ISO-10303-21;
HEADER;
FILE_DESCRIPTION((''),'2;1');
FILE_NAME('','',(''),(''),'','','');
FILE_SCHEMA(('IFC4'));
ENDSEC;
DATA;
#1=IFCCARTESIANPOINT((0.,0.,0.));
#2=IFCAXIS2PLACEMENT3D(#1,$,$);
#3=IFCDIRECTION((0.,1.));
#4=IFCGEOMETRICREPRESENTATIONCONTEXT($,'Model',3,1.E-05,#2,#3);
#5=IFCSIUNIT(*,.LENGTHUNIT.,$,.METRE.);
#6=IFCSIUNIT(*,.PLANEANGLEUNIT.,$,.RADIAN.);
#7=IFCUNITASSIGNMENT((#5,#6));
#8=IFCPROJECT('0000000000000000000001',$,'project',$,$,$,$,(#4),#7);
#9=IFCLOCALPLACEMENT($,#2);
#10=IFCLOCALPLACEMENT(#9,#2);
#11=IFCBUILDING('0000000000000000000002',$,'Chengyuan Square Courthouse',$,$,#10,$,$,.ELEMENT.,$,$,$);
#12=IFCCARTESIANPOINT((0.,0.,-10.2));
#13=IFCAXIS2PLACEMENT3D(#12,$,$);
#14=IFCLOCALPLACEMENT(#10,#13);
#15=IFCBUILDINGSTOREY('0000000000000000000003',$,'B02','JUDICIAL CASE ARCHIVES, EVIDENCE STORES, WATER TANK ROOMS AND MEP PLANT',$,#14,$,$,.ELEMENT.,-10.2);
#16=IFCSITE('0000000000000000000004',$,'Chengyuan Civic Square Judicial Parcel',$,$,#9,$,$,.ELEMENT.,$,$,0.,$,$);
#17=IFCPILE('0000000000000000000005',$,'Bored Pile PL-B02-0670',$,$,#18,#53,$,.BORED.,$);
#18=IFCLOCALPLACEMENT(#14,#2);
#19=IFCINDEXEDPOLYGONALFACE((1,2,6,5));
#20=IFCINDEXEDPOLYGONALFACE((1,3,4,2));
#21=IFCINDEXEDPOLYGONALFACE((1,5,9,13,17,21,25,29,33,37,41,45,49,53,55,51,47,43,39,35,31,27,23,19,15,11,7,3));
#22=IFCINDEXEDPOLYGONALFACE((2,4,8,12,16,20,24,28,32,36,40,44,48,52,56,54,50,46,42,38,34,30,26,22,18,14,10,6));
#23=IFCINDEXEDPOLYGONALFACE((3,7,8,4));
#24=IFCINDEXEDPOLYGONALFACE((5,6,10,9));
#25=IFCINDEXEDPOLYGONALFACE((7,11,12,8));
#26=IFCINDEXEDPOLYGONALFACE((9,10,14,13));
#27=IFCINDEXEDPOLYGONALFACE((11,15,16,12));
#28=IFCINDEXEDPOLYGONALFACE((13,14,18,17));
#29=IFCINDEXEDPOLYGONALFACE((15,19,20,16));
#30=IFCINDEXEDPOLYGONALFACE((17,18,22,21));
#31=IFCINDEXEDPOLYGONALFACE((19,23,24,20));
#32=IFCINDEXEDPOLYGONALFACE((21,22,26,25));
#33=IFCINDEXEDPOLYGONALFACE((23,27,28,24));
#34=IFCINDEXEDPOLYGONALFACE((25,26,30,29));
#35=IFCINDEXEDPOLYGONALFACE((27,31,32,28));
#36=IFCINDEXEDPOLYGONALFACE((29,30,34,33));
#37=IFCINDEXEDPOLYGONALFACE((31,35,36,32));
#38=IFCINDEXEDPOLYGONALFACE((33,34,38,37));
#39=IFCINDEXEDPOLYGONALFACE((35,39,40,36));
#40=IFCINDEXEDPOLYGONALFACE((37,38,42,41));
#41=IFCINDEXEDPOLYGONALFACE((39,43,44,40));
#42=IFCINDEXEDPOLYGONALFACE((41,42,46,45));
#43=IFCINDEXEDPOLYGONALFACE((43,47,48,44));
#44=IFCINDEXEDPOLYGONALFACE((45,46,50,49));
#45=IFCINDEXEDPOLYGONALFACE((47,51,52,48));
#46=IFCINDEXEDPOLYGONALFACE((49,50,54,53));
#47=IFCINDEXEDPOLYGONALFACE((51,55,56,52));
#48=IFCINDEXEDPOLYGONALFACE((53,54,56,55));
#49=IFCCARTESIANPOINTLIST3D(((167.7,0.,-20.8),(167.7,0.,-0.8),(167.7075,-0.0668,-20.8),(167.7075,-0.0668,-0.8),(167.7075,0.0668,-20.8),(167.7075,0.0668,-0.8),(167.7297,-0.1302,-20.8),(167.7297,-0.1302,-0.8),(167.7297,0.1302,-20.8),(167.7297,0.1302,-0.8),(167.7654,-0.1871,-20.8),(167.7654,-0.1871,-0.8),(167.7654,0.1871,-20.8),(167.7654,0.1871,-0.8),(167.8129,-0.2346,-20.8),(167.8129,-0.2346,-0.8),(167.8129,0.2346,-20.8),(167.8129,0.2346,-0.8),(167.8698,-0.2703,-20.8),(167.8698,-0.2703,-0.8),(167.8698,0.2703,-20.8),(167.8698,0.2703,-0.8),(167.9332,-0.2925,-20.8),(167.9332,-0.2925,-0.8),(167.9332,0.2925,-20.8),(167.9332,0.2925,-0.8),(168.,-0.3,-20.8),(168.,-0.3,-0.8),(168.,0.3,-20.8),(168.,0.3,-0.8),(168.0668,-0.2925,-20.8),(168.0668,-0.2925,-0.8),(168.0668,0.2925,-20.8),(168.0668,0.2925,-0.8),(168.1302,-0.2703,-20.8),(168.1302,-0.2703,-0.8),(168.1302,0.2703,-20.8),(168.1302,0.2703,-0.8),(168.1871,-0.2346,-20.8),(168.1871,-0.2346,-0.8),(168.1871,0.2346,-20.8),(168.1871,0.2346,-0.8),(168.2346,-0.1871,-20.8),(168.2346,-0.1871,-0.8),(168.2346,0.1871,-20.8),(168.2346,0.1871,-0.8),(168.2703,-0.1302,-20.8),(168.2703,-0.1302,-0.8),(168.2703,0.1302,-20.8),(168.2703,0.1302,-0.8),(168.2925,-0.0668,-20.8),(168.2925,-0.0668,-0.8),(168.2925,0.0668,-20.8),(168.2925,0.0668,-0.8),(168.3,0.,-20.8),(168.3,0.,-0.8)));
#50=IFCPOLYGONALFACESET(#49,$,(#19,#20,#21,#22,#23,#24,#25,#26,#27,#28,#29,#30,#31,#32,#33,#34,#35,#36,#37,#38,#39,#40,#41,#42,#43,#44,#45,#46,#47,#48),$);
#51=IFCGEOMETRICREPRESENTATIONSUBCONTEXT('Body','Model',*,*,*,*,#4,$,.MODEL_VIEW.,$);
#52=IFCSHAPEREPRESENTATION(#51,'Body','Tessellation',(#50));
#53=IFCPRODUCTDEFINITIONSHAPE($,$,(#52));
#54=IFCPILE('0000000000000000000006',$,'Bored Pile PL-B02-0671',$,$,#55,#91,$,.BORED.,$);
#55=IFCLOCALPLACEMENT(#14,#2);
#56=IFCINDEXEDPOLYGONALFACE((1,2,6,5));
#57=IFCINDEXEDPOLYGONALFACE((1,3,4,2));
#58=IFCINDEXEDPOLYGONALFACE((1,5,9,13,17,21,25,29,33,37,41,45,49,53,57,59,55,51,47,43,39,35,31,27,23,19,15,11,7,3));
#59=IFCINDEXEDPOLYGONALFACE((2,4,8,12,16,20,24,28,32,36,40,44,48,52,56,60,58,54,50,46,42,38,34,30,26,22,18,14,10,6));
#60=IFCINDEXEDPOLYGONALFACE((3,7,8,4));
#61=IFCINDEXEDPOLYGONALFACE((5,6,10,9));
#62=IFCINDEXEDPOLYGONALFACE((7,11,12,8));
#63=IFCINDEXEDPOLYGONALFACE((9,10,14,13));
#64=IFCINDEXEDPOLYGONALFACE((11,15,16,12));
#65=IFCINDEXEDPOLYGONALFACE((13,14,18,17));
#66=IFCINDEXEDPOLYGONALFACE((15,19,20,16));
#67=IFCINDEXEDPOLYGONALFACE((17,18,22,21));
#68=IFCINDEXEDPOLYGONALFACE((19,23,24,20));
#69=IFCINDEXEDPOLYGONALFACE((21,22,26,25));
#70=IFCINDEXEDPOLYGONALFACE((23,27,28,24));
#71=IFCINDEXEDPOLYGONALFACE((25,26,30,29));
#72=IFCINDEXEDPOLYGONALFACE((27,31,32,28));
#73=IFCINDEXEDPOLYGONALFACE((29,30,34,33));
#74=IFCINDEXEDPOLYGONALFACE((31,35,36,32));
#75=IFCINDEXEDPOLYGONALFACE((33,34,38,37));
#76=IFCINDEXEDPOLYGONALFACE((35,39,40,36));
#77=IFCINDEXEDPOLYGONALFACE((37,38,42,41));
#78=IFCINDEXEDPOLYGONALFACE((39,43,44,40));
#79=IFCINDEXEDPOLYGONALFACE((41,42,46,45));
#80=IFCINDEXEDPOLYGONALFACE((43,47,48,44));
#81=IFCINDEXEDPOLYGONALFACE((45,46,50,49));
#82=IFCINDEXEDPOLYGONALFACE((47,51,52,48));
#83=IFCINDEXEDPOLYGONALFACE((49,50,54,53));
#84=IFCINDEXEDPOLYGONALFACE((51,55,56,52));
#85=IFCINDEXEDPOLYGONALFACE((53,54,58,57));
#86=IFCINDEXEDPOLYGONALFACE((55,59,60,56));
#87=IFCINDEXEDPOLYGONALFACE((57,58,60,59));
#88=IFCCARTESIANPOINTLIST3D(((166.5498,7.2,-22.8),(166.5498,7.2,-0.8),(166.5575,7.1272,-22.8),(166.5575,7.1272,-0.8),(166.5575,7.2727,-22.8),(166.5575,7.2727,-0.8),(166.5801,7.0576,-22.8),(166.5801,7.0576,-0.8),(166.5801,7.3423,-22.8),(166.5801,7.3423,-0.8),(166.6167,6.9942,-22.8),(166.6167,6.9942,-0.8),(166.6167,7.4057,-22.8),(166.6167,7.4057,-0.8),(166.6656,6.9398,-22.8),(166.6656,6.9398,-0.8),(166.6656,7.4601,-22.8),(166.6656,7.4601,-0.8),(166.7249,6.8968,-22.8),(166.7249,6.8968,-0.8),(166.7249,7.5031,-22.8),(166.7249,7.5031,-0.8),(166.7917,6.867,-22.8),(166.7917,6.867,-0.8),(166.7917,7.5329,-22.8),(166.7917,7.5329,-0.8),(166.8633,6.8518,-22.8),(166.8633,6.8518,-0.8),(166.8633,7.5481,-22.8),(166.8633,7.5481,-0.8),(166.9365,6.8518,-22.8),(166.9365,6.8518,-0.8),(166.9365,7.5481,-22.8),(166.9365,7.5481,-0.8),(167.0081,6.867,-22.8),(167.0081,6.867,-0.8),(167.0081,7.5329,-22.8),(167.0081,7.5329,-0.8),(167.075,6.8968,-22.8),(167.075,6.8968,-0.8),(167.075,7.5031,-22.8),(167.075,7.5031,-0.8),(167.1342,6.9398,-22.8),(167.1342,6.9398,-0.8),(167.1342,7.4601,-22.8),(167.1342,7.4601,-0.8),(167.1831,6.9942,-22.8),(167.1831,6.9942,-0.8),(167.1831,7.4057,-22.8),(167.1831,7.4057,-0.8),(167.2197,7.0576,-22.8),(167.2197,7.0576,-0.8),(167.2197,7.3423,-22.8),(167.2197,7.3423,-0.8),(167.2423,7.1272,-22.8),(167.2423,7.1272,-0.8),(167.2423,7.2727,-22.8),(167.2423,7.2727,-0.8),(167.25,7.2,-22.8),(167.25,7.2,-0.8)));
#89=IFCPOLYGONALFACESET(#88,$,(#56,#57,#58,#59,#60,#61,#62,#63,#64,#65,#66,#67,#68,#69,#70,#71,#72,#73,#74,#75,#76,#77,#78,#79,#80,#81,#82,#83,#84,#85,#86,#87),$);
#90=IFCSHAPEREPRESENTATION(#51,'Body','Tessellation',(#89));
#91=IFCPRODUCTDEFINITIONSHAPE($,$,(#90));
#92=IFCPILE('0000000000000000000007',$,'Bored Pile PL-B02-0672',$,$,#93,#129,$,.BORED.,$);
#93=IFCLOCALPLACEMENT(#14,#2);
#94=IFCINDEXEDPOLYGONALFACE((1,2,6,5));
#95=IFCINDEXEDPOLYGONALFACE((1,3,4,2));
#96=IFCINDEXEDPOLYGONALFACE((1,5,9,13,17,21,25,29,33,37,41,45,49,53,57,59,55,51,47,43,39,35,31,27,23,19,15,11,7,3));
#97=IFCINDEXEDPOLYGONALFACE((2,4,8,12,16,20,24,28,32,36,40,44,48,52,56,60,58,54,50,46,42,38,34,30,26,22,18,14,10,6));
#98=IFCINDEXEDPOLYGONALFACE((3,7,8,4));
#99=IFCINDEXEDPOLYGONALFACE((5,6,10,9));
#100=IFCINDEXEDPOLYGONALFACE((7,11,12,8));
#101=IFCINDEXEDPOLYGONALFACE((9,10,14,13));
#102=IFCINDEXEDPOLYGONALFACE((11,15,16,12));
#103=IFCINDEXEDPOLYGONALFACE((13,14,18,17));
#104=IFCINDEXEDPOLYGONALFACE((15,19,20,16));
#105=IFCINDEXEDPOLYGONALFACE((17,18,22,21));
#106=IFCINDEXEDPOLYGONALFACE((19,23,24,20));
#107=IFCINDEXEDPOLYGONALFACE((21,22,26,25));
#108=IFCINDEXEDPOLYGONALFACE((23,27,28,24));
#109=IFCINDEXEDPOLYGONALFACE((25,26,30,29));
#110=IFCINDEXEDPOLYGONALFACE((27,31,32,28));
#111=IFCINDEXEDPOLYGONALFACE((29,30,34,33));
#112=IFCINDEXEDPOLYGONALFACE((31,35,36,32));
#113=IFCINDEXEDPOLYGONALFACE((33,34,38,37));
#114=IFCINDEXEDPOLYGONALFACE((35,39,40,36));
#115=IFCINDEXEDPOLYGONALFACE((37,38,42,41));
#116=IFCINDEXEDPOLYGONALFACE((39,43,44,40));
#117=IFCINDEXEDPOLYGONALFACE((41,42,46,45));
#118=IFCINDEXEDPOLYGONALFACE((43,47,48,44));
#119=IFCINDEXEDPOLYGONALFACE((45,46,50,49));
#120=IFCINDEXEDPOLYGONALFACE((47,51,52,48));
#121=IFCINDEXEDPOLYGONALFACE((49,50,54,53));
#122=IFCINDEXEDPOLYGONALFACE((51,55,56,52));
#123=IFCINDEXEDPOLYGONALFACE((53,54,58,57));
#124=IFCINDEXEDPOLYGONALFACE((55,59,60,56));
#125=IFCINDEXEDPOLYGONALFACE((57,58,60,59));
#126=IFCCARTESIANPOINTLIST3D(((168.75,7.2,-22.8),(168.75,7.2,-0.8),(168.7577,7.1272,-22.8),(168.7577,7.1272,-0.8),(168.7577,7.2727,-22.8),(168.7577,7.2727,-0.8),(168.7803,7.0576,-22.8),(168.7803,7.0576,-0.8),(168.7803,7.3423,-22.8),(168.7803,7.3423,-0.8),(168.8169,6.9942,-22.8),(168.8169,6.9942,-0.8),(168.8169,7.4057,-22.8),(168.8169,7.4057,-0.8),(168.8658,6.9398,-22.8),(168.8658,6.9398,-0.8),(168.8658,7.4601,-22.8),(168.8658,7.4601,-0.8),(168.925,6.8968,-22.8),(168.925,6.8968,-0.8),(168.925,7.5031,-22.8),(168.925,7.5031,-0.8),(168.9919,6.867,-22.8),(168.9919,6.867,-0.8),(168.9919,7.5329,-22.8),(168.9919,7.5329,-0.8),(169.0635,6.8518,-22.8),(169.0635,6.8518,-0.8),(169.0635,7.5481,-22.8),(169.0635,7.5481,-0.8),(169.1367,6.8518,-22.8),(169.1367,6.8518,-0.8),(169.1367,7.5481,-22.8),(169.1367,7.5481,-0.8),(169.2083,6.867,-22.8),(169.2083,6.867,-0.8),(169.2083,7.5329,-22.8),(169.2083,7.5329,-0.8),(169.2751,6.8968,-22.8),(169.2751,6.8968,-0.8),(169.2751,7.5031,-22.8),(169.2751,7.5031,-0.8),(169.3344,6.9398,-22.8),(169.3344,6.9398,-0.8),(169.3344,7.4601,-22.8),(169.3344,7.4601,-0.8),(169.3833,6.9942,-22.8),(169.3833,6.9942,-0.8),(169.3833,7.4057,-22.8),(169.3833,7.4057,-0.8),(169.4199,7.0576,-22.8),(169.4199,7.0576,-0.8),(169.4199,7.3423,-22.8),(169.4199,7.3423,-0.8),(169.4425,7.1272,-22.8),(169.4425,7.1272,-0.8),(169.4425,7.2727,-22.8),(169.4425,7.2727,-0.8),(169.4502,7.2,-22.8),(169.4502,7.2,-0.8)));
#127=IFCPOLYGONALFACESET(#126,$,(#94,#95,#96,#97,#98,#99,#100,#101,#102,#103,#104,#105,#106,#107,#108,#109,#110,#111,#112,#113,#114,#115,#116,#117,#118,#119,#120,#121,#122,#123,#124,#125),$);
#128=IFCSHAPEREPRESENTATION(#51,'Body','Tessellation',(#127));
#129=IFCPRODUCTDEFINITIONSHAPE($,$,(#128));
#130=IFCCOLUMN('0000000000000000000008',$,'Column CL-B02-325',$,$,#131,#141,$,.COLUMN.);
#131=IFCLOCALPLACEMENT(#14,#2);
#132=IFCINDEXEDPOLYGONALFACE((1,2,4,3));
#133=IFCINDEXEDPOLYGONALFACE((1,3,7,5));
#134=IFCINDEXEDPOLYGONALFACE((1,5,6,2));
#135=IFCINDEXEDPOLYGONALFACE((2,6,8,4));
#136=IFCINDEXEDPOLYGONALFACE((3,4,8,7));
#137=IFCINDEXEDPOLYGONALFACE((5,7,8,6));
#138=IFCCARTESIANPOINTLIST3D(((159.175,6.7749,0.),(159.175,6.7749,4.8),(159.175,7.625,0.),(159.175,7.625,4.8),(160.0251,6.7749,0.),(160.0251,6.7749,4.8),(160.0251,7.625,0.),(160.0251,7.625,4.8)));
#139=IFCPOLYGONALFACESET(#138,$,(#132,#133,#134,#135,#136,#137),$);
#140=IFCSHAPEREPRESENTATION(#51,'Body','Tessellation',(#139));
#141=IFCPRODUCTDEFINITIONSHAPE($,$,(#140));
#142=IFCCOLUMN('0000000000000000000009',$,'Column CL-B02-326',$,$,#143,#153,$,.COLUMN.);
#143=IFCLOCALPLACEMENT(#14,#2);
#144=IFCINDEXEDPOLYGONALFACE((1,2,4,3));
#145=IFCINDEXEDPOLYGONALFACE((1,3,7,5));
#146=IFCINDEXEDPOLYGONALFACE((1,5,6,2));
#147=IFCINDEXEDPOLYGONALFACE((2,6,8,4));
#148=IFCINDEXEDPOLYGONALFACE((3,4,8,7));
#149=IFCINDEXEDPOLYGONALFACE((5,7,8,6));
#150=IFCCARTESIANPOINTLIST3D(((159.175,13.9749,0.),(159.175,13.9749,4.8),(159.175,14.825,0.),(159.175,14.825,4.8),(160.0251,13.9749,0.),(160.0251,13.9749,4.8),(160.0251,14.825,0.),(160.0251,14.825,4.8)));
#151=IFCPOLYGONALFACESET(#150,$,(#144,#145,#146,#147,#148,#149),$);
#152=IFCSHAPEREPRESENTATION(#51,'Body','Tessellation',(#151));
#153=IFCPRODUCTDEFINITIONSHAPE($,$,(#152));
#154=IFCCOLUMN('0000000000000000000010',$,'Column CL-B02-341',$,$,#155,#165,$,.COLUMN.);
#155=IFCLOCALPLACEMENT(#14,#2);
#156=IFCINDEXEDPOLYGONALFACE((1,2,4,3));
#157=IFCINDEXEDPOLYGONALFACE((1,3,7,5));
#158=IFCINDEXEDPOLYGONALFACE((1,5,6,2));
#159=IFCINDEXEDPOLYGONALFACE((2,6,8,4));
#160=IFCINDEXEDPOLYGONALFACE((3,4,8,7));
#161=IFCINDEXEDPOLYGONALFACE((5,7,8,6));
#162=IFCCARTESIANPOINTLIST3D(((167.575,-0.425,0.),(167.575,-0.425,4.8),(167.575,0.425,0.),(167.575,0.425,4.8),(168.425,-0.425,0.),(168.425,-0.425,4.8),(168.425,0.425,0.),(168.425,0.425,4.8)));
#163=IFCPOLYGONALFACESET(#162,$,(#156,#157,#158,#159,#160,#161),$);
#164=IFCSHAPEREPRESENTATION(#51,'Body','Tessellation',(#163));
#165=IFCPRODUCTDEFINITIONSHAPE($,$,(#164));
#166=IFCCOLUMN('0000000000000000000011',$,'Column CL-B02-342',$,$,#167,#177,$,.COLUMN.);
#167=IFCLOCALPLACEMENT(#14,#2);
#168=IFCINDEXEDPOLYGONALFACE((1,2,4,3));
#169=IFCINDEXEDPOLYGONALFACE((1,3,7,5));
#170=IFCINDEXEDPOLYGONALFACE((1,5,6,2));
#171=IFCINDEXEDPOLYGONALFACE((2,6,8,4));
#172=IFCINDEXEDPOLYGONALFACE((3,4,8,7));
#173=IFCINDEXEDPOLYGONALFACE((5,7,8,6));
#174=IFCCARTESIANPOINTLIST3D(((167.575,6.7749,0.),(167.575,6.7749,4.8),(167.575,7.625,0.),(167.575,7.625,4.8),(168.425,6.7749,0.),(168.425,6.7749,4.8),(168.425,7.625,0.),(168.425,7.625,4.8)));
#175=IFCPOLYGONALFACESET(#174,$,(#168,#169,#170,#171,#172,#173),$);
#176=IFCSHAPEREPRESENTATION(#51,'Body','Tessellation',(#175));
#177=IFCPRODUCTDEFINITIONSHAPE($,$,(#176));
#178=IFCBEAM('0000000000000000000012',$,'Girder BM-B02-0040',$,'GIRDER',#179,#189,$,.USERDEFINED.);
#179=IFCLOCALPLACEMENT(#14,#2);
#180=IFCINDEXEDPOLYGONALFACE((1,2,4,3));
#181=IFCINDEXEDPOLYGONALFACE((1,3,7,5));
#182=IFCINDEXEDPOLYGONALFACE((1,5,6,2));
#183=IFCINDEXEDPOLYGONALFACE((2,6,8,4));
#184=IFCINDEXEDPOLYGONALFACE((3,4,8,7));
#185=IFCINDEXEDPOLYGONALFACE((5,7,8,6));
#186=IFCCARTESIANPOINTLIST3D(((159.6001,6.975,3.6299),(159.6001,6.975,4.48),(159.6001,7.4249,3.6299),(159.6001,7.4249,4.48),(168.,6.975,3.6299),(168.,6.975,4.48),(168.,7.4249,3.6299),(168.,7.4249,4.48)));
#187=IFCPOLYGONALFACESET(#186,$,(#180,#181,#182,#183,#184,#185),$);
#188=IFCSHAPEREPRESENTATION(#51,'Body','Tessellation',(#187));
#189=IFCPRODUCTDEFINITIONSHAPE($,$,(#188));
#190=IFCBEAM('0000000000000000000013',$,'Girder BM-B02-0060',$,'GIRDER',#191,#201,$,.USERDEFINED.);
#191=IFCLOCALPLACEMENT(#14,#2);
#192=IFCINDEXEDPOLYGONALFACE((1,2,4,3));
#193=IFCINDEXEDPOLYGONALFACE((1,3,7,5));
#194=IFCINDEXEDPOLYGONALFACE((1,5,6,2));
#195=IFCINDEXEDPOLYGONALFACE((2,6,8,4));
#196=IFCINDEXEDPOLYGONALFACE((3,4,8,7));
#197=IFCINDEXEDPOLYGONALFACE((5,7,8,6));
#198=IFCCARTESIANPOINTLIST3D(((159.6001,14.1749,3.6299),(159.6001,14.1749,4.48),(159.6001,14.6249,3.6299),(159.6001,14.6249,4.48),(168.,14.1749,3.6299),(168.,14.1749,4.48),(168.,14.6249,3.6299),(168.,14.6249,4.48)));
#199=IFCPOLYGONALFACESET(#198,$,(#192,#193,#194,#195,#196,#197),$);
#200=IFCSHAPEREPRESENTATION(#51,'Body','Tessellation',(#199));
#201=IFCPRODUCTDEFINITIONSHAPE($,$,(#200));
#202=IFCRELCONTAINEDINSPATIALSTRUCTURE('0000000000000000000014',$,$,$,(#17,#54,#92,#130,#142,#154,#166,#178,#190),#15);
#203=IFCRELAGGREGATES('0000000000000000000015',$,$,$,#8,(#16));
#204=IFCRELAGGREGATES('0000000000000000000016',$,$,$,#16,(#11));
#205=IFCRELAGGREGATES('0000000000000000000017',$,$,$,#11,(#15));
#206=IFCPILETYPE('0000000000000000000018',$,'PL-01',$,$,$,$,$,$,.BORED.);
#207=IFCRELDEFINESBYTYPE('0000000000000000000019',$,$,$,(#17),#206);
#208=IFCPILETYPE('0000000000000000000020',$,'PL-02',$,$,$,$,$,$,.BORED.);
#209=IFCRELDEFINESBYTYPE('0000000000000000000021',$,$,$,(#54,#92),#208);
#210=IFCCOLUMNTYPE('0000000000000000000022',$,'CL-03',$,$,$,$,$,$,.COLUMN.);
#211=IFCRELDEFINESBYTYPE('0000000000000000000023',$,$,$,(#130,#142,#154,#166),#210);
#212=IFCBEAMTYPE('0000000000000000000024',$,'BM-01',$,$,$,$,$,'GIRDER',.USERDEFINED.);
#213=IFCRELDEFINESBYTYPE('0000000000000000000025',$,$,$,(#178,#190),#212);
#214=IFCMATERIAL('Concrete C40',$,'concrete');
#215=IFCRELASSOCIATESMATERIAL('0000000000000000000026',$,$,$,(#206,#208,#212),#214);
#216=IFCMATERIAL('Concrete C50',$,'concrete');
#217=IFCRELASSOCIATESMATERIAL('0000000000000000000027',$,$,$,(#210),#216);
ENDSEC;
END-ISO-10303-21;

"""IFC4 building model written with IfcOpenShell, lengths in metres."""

from ifc_helpers import new_model, si_unit, direction, frame, origin, origin_2d, place, context, subcontext, project, spatial, rectangle, circle, extrude, material, material_profile, profile_set, type_object, element, save


model = new_model("IFC4")

# Units and contexts
model_context = context("Model", 3, precision=1e-05, world=origin(), true_north=direction((0.0, 1.0)))
body_context = subcontext(model_context, "Body", "Model", "MODEL_VIEW")
ifc_project = project(units=[si_unit("LENGTHUNIT", "METRE"), si_unit("PLANEANGLEUNIT", "RADIAN")], contexts=[model_context])

# Site, building, storey
site_placement = place(None, origin())
site = spatial("IfcSite", under=ifc_project, at=site_placement, Name="Chengyuan Civic Square Judicial Parcel", CompositionType="ELEMENT", RefElevation=0.0)
building_placement = place(site_placement, origin())
building = spatial("IfcBuilding", under=site, at=building_placement, Name="Chengyuan Square Courthouse", CompositionType="ELEMENT")
storey_placement = place(building_placement, frame((0.0, 0.0, -10.2)))
storey = spatial("IfcBuildingStorey", under=building, at=storey_placement, Name="B02", Description="JUDICIAL CASE ARCHIVES, EVIDENCE STORES, WATER TANK ROOMS AND MEP PLANT", CompositionType="ELEMENT", Elevation=-10.2)

# Shared definitions
ifc_material_1 = material(Name="Concrete C40", Category="concrete")

# Piles
ifc_material_profile_1 = material_profile(ifc_material_1, circle(Radius=0.3, at=origin_2d()), Name="BORED PILE D600")
ifc_profile_set_1 = profile_set([ifc_material_profile_1], Name="Concrete C40")
pile_type_1 = type_object("IfcPileType", Name="PL-01", PredefinedType="BORED", material=ifc_profile_set_1)
for number, where, z_axis, x_axis, name in (
    (1, (168.0, 0.0, -0.8), (0.0, 0.0, -1.0), (1.0, 0.0, 0.0), "Bored Pile PL-B02-0670"),
):
    element("IfcPile", number, at=place(storey_placement, frame(where, z_axis=z_axis, x_axis=x_axis)), inside=storey, type_object=pile_type_1, Name=name, PredefinedType="BORED", context=body_context, shape_type="SweptSolid", body=[
        extrude(circle(Radius=0.3, at=origin_2d()), origin(), (0.0, 0.0, 1.0), 20.0),
    ])
ifc_material_profile_2 = material_profile(ifc_material_1, circle(Radius=0.3501, at=origin_2d()), Name="BORED PILE D700")
ifc_profile_set_2 = profile_set([ifc_material_profile_2], Name="Concrete C40")
pile_type_2 = type_object("IfcPileType", Name="PL-02", PredefinedType="BORED", material=ifc_profile_set_2)
for number, where, z_axis, x_axis, name in (
    (2, (166.8999, 7.2, -0.8), (0.0, 0.0, -1.0), (1.0, 0.0, 0.0), "Bored Pile PL-B02-0671"),
    (3, (169.1001, 7.2, -0.8), (0.0, 0.0, -1.0), (1.0, 0.0, 0.0), "Bored Pile PL-B02-0672"),
):
    element("IfcPile", number, at=place(storey_placement, frame(where, z_axis=z_axis, x_axis=x_axis)), inside=storey, type_object=pile_type_2, Name=name, PredefinedType="BORED", context=body_context, shape_type="SweptSolid", body=[
        extrude(circle(Radius=0.3501, at=origin_2d()), origin(), (0.0, 0.0, 1.0), 22.0),
    ])

# Columns
ifc_material_2 = material(Name="Concrete C50", Category="concrete")
ifc_material_profile_3 = material_profile(ifc_material_2, rectangle(XDim=0.8501, YDim=0.8501, at=origin_2d()), Name="RC-COL-850x850")
ifc_profile_set_3 = profile_set([ifc_material_profile_3], Name="Concrete C50")
column_type = type_object("IfcColumnType", Name="CL-03", PredefinedType="COLUMN", material=ifc_profile_set_3)
for number, where, z_axis, x_axis, name in (
    (4, (159.6001, 7.2, 0.0), (0.0, 0.0, 1.0), (1.0, 0.0, 0.0), "Column CL-B02-325"),
    (5, (159.6001, 14.3999, 0.0), (0.0, 0.0, 1.0), (1.0, 0.0, 0.0), "Column CL-B02-326"),
    (6, (168.0, 0.0, 0.0), (0.0, 0.0, 1.0), (1.0, 0.0, 0.0), "Column CL-B02-341"),
    (7, (168.0, 7.2, 0.0), (0.0, 0.0, 1.0), (1.0, 0.0, 0.0), "Column CL-B02-342"),
):
    element("IfcColumn", number, at=place(storey_placement, frame(where, z_axis=z_axis, x_axis=x_axis)), inside=storey, type_object=column_type, Name=name, PredefinedType="COLUMN", context=body_context, shape_type="SweptSolid", body=[
        extrude(rectangle(XDim=0.8501, YDim=0.8501, at=origin_2d()), origin(), (0.0, 0.0, 1.0), 4.8),
    ])

# Beams
ifc_material_profile_4 = material_profile(ifc_material_1, rectangle(XDim=0.45, YDim=0.8501, at=origin_2d()), Name="RC-BM-450x850")
ifc_profile_set_4 = profile_set([ifc_material_profile_4], Name="Concrete C40")
beam_type_1 = type_object("IfcBeamType", Name="BM-01", ElementType="GIRDER", PredefinedType="USERDEFINED", material=ifc_profile_set_4)
for number, where, z_axis, x_axis, name in (
    (8, (159.6001, 7.2, 4.0549), (1.0, 0.0, 0.0), (0.0, 1.0, 0.0), "Girder BM-B02-0040"),
    (9, (159.6001, 14.3999, 4.0549), (1.0, 0.0, 0.0), (0.0, 1.0, 0.0), "Girder BM-B02-0060"),
):
    element("IfcBeam", number, at=place(storey_placement, frame(where, z_axis=z_axis, x_axis=x_axis)), inside=storey, type_object=beam_type_1, Name=name, ObjectType="GIRDER", PredefinedType="USERDEFINED", context=body_context, shape_type="SweptSolid", body=[
        extrude(rectangle(XDim=0.45, YDim=0.8501, at=origin_2d()), origin(), (0.0, 0.0, 1.0), 8.3999),
    ])

save(model, "model.ifc")
